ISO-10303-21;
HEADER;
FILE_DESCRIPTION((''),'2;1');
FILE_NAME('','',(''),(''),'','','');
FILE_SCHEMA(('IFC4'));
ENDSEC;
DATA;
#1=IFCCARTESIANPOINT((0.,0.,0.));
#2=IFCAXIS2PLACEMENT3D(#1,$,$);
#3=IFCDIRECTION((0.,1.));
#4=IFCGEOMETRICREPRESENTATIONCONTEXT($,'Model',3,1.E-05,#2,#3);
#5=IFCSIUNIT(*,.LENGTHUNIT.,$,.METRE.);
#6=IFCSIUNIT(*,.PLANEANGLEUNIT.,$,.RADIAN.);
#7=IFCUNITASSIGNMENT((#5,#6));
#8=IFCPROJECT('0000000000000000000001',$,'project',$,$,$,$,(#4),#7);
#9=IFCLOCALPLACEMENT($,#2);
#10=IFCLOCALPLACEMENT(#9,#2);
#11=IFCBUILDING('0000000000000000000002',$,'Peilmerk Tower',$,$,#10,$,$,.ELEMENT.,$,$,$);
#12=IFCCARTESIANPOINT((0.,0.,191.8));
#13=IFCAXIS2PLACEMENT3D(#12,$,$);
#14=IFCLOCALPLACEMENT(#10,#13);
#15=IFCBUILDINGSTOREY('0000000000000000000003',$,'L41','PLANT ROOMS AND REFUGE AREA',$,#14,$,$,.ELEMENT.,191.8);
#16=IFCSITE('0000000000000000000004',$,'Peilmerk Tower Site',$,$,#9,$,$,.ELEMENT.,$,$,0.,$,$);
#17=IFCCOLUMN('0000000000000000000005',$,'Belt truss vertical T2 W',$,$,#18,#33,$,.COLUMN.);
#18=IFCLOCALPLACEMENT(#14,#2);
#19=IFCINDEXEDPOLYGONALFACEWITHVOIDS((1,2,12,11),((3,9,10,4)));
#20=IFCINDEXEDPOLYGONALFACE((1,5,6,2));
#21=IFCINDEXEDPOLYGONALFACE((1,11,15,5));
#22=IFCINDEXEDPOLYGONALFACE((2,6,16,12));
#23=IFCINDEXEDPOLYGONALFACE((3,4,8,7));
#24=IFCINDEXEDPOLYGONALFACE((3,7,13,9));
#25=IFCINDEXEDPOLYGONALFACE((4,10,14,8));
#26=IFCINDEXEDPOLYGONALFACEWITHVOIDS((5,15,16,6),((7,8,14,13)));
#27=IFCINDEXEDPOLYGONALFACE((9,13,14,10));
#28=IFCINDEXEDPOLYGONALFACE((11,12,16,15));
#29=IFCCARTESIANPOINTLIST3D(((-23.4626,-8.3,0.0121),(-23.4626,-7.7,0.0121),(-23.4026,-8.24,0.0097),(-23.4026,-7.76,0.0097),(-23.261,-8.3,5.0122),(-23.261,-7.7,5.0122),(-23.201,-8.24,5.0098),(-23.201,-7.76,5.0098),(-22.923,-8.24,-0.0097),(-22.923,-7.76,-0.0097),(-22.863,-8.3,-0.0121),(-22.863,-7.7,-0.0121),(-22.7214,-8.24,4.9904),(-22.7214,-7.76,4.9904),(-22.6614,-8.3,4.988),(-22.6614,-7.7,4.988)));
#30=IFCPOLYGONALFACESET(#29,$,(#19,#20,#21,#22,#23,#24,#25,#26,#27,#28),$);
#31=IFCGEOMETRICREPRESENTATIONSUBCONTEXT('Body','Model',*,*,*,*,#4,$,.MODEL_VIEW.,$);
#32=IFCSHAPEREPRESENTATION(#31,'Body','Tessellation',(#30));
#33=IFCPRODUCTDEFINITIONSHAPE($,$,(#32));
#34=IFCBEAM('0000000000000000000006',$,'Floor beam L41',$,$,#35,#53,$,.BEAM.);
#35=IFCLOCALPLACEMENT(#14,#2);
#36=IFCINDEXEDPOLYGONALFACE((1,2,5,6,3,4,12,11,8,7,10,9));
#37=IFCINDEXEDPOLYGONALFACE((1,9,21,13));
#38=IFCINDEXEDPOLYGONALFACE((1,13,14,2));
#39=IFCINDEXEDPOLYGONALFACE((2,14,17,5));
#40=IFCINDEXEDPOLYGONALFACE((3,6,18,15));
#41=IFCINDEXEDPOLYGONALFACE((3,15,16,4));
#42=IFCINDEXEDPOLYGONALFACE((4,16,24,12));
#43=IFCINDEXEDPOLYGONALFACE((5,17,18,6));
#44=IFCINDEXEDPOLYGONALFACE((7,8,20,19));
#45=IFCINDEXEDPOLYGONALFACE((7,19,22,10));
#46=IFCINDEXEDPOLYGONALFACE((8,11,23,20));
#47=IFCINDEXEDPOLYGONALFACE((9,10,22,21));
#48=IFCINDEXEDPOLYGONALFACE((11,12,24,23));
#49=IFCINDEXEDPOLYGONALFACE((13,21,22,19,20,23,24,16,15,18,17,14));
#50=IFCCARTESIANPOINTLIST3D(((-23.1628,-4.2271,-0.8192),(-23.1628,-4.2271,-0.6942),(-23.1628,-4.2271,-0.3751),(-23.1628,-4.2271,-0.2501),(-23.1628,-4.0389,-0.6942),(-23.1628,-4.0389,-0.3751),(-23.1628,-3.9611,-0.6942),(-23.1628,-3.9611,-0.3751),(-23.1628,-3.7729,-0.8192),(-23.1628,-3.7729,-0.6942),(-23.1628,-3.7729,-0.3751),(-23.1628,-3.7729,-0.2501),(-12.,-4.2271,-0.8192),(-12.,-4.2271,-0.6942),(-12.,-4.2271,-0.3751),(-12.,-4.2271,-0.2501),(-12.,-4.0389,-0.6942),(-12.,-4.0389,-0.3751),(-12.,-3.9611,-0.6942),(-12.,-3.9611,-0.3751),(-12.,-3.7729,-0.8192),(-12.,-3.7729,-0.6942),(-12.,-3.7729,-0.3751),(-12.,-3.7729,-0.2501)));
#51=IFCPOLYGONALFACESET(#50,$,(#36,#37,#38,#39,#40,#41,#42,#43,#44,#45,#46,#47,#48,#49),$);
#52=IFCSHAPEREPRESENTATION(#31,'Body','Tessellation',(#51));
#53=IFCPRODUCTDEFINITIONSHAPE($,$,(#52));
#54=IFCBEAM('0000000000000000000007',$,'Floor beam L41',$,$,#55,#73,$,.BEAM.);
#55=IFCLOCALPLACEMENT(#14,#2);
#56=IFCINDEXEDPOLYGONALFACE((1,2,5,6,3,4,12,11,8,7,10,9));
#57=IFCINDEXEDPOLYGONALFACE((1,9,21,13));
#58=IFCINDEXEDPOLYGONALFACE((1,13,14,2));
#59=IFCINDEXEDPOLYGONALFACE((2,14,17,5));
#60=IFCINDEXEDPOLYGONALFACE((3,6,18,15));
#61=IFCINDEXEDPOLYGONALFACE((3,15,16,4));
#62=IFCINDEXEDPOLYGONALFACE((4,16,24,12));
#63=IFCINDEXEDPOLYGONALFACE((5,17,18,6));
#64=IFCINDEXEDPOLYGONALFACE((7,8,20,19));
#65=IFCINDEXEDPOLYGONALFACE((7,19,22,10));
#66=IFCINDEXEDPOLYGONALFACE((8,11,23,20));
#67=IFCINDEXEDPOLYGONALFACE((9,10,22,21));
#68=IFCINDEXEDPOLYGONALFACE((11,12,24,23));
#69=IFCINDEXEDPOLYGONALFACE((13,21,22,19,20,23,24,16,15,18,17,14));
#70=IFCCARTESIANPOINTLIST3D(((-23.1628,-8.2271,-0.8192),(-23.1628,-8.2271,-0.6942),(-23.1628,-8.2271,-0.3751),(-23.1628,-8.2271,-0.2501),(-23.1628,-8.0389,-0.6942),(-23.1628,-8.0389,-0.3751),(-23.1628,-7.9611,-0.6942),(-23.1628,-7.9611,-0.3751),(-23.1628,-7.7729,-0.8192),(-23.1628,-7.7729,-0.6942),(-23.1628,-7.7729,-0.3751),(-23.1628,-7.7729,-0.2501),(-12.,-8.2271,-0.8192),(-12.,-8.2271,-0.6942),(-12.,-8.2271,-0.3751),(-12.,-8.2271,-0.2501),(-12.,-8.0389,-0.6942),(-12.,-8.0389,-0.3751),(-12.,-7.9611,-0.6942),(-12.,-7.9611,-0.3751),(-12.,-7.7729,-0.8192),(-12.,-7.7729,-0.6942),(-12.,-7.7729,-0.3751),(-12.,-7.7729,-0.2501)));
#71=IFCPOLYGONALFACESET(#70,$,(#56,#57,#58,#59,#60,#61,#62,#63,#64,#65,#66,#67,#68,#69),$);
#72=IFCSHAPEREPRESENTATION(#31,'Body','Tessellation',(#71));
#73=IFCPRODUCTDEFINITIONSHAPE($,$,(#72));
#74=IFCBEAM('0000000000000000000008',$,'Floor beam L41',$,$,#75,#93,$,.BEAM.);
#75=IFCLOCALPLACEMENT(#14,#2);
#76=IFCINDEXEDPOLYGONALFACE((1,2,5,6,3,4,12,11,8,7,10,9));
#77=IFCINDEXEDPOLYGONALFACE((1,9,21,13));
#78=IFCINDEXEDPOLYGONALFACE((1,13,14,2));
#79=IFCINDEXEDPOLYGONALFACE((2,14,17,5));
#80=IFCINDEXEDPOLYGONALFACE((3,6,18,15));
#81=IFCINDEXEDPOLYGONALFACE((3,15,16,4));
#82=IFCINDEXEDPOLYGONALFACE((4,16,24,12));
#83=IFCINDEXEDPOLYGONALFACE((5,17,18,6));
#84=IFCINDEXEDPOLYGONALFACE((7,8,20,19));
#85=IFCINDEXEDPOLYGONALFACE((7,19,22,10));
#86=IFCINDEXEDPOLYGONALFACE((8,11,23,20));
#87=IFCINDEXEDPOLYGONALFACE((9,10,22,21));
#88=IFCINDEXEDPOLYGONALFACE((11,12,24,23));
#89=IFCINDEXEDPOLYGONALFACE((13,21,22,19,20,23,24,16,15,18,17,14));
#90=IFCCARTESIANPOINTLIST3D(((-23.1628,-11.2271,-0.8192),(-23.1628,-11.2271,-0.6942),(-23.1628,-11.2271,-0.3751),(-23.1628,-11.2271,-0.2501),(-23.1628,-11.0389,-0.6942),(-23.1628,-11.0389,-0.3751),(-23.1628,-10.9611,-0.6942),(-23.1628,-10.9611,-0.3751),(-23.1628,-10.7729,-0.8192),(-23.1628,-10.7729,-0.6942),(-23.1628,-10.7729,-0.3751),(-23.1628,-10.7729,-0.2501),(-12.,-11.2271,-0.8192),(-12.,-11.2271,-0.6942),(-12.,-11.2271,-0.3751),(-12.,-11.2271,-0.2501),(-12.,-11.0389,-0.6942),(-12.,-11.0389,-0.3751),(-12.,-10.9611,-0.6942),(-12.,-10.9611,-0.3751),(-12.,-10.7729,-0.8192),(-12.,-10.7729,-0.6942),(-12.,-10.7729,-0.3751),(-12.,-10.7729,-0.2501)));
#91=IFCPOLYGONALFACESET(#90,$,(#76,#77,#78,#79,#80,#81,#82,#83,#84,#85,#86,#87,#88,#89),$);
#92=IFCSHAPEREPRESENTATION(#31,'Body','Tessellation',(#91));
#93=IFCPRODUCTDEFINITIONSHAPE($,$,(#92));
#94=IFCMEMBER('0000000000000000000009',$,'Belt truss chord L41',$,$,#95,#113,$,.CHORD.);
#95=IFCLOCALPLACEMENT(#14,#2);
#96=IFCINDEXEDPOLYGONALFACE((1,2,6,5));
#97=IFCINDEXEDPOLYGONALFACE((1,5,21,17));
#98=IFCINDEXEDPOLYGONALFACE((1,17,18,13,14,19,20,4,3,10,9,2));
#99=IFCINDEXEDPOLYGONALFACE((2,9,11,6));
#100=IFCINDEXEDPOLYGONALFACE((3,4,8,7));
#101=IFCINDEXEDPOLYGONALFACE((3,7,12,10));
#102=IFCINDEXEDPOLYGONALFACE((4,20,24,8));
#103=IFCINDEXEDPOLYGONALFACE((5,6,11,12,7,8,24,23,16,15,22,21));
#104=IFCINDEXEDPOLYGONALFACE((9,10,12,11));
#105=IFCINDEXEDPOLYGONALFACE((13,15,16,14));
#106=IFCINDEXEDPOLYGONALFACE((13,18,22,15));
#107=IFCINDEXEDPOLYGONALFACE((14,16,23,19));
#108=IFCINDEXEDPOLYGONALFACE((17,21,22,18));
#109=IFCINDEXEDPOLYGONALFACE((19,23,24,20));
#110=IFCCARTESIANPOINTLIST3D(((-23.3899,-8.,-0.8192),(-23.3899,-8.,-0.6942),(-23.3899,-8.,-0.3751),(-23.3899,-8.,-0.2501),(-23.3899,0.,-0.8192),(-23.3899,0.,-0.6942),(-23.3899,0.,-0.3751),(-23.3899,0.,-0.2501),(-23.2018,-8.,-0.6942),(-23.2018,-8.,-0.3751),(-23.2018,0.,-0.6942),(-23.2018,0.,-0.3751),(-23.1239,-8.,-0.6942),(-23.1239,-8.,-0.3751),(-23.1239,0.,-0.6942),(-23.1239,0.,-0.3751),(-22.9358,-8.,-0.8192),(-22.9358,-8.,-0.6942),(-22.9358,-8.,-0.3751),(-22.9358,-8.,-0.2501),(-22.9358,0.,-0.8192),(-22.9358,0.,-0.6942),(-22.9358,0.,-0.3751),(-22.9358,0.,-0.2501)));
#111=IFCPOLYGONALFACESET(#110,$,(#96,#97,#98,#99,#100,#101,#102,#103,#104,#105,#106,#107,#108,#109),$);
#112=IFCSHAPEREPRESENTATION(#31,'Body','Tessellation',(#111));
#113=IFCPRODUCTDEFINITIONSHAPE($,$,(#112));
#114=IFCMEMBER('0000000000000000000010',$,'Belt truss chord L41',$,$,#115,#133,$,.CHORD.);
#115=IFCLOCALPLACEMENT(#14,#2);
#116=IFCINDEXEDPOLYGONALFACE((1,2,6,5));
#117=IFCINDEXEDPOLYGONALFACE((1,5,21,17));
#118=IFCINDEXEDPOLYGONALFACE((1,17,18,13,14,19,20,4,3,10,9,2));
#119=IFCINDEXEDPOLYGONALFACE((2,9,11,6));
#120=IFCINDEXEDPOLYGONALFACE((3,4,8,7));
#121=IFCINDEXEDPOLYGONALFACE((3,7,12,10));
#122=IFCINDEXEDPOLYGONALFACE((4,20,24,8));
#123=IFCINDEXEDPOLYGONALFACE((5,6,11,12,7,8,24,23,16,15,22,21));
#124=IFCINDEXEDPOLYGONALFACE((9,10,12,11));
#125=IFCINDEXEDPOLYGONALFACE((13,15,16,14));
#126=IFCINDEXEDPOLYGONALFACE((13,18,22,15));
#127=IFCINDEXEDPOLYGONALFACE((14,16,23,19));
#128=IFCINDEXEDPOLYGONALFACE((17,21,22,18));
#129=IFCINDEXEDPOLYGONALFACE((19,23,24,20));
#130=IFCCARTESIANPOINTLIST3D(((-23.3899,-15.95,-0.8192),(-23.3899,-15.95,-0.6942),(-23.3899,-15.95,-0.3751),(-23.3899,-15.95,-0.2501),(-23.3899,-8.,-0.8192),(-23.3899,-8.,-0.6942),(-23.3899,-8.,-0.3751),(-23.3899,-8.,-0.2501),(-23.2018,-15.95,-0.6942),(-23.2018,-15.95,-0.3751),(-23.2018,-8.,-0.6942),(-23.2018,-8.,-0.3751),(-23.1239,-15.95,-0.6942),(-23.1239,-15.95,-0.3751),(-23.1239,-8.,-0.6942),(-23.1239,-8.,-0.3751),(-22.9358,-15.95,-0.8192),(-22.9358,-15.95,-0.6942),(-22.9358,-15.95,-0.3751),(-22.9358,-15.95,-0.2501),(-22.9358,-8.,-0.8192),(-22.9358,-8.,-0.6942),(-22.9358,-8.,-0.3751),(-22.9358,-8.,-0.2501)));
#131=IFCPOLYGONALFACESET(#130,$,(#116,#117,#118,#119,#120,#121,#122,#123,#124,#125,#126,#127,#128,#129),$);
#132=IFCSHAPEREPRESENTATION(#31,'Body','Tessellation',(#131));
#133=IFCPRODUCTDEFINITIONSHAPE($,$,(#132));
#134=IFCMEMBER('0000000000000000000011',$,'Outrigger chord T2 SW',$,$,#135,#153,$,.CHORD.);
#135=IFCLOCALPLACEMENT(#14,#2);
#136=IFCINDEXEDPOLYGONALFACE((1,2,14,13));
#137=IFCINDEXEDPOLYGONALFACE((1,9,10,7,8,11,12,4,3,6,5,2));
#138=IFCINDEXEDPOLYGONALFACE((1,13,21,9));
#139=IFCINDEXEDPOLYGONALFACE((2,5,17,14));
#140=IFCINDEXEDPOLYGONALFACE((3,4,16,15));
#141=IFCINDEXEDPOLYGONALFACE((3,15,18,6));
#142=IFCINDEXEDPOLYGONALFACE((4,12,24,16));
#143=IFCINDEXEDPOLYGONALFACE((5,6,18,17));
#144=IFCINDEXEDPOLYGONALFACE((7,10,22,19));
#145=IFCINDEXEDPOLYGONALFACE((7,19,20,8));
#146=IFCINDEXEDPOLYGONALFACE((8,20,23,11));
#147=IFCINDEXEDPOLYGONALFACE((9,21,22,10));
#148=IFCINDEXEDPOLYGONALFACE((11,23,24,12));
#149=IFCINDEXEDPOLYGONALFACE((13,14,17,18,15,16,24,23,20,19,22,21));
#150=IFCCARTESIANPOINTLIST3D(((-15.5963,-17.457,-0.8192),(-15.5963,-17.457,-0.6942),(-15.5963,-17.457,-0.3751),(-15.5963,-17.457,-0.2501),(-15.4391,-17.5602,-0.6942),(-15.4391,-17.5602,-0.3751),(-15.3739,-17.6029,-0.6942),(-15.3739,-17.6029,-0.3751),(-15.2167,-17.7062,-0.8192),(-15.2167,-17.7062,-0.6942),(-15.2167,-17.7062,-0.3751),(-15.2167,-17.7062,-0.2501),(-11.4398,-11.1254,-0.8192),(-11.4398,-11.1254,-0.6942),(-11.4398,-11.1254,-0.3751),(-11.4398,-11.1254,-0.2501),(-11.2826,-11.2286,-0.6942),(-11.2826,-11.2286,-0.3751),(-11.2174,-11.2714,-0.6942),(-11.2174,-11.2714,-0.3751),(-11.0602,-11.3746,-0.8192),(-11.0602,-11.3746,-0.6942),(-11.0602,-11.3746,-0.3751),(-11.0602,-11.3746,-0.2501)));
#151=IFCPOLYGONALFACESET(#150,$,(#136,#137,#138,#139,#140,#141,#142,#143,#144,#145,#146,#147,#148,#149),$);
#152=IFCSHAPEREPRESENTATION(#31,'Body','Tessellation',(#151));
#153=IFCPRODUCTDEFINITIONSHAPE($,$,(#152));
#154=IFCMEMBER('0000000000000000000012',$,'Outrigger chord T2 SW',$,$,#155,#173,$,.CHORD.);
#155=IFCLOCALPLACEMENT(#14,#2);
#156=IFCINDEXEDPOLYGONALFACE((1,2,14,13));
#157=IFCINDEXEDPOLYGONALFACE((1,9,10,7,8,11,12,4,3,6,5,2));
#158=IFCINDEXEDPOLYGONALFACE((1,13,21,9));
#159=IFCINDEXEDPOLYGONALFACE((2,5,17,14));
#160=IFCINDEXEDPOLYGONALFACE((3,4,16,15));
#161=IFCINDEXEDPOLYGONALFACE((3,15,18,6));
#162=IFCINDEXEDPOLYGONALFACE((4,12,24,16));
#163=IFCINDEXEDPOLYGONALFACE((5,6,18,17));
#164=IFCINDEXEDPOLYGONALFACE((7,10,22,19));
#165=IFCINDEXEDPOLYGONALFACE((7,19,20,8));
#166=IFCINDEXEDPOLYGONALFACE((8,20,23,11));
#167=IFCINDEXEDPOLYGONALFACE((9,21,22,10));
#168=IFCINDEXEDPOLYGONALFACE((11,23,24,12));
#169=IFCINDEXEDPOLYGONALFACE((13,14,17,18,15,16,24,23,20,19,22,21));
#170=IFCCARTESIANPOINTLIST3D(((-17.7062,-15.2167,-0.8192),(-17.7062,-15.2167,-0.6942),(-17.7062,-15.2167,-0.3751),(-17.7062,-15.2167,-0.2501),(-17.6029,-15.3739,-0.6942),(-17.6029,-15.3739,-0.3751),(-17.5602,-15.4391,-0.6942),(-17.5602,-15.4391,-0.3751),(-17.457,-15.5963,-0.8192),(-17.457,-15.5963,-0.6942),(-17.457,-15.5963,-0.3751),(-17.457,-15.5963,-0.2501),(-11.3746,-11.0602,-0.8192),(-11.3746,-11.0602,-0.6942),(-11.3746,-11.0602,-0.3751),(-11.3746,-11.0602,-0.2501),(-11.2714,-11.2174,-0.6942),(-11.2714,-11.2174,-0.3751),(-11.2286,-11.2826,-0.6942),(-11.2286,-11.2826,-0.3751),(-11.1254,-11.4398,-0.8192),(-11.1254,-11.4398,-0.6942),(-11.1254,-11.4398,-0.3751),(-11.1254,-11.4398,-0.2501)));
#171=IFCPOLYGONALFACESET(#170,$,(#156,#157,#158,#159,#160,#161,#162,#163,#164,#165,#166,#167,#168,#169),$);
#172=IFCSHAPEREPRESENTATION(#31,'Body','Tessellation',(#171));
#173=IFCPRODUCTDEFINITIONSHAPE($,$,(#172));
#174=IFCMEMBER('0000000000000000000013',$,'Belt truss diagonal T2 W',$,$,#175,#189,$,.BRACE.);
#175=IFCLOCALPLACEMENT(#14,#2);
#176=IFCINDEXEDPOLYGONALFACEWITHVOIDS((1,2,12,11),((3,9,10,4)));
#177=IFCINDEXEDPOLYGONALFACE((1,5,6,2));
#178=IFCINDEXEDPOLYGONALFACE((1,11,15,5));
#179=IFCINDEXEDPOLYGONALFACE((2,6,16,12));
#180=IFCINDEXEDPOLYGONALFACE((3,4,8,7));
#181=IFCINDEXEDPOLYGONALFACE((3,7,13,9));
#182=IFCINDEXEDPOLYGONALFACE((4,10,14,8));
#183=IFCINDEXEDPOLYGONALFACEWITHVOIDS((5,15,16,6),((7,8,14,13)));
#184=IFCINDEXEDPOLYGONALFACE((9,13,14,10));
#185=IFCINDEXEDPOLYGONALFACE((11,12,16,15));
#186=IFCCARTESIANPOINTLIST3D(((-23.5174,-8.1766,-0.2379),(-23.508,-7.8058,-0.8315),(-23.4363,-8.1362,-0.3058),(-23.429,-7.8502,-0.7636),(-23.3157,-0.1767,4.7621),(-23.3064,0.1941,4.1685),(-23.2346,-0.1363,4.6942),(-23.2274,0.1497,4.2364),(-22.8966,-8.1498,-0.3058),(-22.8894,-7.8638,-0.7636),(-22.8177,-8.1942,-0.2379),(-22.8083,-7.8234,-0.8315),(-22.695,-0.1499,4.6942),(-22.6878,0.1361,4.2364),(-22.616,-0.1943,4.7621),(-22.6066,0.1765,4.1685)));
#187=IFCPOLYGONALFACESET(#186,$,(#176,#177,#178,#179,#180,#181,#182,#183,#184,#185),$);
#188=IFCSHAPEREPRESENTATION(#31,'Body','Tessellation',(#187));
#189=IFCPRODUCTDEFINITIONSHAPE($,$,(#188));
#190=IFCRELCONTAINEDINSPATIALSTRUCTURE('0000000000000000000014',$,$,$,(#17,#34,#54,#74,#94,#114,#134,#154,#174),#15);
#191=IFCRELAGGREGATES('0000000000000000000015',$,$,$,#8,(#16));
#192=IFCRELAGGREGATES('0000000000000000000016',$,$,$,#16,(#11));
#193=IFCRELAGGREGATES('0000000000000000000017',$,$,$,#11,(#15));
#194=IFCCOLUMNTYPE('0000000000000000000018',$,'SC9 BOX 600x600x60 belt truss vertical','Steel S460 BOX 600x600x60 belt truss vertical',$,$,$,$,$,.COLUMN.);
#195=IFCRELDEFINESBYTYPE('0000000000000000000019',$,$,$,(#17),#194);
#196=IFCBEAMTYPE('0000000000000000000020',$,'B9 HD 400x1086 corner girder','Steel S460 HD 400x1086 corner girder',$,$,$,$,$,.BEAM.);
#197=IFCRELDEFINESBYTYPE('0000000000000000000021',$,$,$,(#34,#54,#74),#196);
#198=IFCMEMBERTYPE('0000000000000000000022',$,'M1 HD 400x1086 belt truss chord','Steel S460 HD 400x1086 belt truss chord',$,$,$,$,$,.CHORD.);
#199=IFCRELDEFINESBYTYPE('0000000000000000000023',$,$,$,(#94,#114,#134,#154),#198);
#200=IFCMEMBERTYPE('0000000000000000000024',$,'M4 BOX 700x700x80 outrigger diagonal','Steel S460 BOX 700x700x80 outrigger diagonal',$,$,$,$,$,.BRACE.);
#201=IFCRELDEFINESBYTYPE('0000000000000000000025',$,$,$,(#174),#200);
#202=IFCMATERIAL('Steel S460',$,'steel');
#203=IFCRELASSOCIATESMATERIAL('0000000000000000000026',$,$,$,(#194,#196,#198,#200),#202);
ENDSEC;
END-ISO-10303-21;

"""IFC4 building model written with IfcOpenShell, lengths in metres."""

from ifc_helpers import new_model, si_unit, direction, frame, origin, origin_2d, place, context, subcontext, project, spatial, hollow_rectangle, i_section, extrude, material, material_profile, profile_set, type_object, element, save


model = new_model("IFC4")

# Units and contexts
model_context = context("Model", 3, precision=1e-05, world=origin(), true_north=direction((0.0, 1.0)))
body_context = subcontext(model_context, "Body", "Model", "MODEL_VIEW")
ifc_project = project(units=[si_unit("LENGTHUNIT", "METRE"), si_unit("PLANEANGLEUNIT", "RADIAN")], contexts=[model_context])

# Site, building, storey
site_placement = place(None, origin())
site = spatial("IfcSite", under=ifc_project, at=site_placement, Name="Peilmerk Tower Site", CompositionType="ELEMENT", RefElevation=0.0)
building_placement = place(site_placement, origin())
building = spatial("IfcBuilding", under=site, at=building_placement, Name="Peilmerk Tower", CompositionType="ELEMENT")
storey_placement = place(building_placement, frame((0.0, 0.0, 191.8)))
storey = spatial("IfcBuildingStorey", under=building, at=storey_placement, Name="L41", Description="PLANT ROOMS AND REFUGE AREA", CompositionType="ELEMENT", Elevation=191.8)

# Column
ifc_material_1 = material(Name="Steel S460", Category="steel")
ifc_material_profile_1 = material_profile(ifc_material_1, hollow_rectangle(XDim=0.6001, YDim=0.6001, WallThickness=0.0601, at=origin_2d()), Name="BOX 600x600x60")
ifc_profile_set_1 = profile_set([ifc_material_profile_1], Name="Steel S460")
column_type = type_object("IfcColumnType", Name="SC9 BOX 600x600x60 belt truss vertical", Description="Steel S460 BOX 600x600x60 belt truss vertical", PredefinedType="COLUMN", material=ifc_profile_set_1)
column_placement = place(storey_placement, frame((-23.1628, -8.0, 0.0), z_axis=(0.040299, 0.0, 0.999188), x_axis=(0.0, 1.0, 0.0)))
element("IfcColumn", 1, at=column_placement, inside=storey, type_object=column_type, Name="Belt truss vertical T2 W", PredefinedType="COLUMN", context=body_context, shape_type="SweptSolid", body=[
    extrude(hollow_rectangle(XDim=0.6001, YDim=0.6001, WallThickness=0.0601, at=origin_2d()), origin(), (0.0, 0.0, 1.0), 5.0042),
])

# Beams
ifc_material_profile_2 = material_profile(ifc_material_1, i_section(OverallWidth=0.4541, OverallDepth=0.5691, WebThickness=0.0779, FlangeThickness=0.125, at=origin_2d()), Name="HD 400x1086")
ifc_profile_set_2 = profile_set([ifc_material_profile_2], Name="Steel S460")
beam_type = type_object("IfcBeamType", Name="B9 HD 400x1086 corner girder", Description="Steel S460 HD 400x1086 corner girder", PredefinedType="BEAM", material=ifc_profile_set_2)
for number, where, z_axis, x_axis, name in (
    (2, (-12.0, -4.0, -0.5347), (-1.0, 0.0, 0.0), (0.0, -1.0, 0.0), "Floor beam L41"),
    (3, (-12.0, -8.0, -0.5347), (-1.0, 0.0, 0.0), (0.0, -1.0, 0.0), "Floor beam L41"),
    (4, (-12.0, -11.0, -0.5347), (-1.0, 0.0, 0.0), (0.0, -1.0, 0.0), "Floor beam L41"),
):
    element("IfcBeam", number, at=place(storey_placement, frame(where, z_axis=z_axis, x_axis=x_axis)), inside=storey, type_object=beam_type, Name=name, PredefinedType="BEAM", context=body_context, shape_type="SweptSolid", body=[
        extrude(i_section(OverallWidth=0.4541, OverallDepth=0.5691, WebThickness=0.0779, FlangeThickness=0.125, at=origin_2d()), origin(), (0.0, 0.0, 1.0), 11.1628),
    ])

# Members
ifc_material_profile_3 = material_profile(ifc_material_1, i_section(OverallWidth=0.4541, OverallDepth=0.5691, WebThickness=0.0779, FlangeThickness=0.125, at=origin_2d()), Name="HD 400x1086")
ifc_profile_set_3 = profile_set([ifc_material_profile_3], Name="Steel S460")
member_type_1 = type_object("IfcMemberType", Name="M1 HD 400x1086 belt truss chord", Description="Steel S460 HD 400x1086 belt truss chord", PredefinedType="CHORD", material=ifc_profile_set_3)
member_1_placement = place(storey_placement, frame((-23.1628, 0.0, -0.5347), z_axis=(0.0, -1.0, 0.0), x_axis=(1.0, 0.0, 0.0)))
element("IfcMember", 5, at=member_1_placement, inside=storey, type_object=member_type_1, Name="Belt truss chord L41", PredefinedType="CHORD", context=body_context, shape_type="SweptSolid", body=[
    extrude(i_section(OverallWidth=0.4541, OverallDepth=0.5691, WebThickness=0.0779, FlangeThickness=0.125, at=origin_2d()), origin(), (0.0, 0.0, 1.0), 8.0),
])
member_2_placement = place(storey_placement, frame((-23.1628, -8.0, -0.5347), z_axis=(0.0, -1.0, 0.0), x_axis=(1.0, 0.0, 0.0)))
element("IfcMember", 6, at=member_2_placement, inside=storey, type_object=member_type_1, Name="Belt truss chord L41", PredefinedType="CHORD", context=body_context, shape_type="SweptSolid", body=[
    extrude(i_section(OverallWidth=0.4541, OverallDepth=0.5691, WebThickness=0.0779, FlangeThickness=0.125, at=origin_2d()), origin(), (0.0, 0.0, 1.0), 7.95),
])
for number, where, z_axis, x_axis, name in (
    (7, (-11.25, -11.25, -0.5347), (-0.548787, -0.835962, 0.0), (0.835962, -0.548787, 0.0), "Outrigger chord T2 SW"),
    (8, (-11.25, -11.25, -0.5347), (-0.835962, -0.548787, 0.0), (0.548787, -0.835962, 0.0), "Outrigger chord T2 SW"),
):
    element("IfcMember", number, at=place(storey_placement, frame(where, z_axis=z_axis, x_axis=x_axis)), inside=storey, type_object=member_type_1, Name=name, PredefinedType="CHORD", context=body_context, shape_type="SweptSolid", body=[
        extrude(i_section(OverallWidth=0.4541, OverallDepth=0.5691, WebThickness=0.0779, FlangeThickness=0.125, at=origin_2d()), origin(), (0.0, 0.0, 1.0), 7.574),
    ])
ifc_material_profile_4 = material_profile(ifc_material_1, hollow_rectangle(XDim=0.7, YDim=0.7, WallThickness=0.0801, at=origin_2d()), Name="BOX 700x700x80")
ifc_profile_set_4 = profile_set([ifc_material_profile_4], Name="Steel S460")
member_type_2 = type_object("IfcMemberType", Name="M4 BOX 700x700x80 outrigger diagonal", Description="Steel S460 BOX 700x700x80 outrigger diagonal", PredefinedType="BRACE", material=ifc_profile_set_4)
member_3_placement = place(storey_placement, frame((-23.1628, -8.0, -0.5347), z_axis=(0.021371, 0.847805, 0.529878), x_axis=(-0.999682, 0.0252, 0.0)))
element("IfcMember", 9, at=member_3_placement, inside=storey, type_object=member_type_2, Name="Belt truss diagonal T2 W", PredefinedType="BRACE", context=body_context, shape_type="SweptSolid", body=[
    extrude(hollow_rectangle(XDim=0.7, YDim=0.7, WallThickness=0.0801, at=origin_2d()), origin(), (0.0, 0.0, 1.0), 9.436),
])

save(model, "model.ifc")
